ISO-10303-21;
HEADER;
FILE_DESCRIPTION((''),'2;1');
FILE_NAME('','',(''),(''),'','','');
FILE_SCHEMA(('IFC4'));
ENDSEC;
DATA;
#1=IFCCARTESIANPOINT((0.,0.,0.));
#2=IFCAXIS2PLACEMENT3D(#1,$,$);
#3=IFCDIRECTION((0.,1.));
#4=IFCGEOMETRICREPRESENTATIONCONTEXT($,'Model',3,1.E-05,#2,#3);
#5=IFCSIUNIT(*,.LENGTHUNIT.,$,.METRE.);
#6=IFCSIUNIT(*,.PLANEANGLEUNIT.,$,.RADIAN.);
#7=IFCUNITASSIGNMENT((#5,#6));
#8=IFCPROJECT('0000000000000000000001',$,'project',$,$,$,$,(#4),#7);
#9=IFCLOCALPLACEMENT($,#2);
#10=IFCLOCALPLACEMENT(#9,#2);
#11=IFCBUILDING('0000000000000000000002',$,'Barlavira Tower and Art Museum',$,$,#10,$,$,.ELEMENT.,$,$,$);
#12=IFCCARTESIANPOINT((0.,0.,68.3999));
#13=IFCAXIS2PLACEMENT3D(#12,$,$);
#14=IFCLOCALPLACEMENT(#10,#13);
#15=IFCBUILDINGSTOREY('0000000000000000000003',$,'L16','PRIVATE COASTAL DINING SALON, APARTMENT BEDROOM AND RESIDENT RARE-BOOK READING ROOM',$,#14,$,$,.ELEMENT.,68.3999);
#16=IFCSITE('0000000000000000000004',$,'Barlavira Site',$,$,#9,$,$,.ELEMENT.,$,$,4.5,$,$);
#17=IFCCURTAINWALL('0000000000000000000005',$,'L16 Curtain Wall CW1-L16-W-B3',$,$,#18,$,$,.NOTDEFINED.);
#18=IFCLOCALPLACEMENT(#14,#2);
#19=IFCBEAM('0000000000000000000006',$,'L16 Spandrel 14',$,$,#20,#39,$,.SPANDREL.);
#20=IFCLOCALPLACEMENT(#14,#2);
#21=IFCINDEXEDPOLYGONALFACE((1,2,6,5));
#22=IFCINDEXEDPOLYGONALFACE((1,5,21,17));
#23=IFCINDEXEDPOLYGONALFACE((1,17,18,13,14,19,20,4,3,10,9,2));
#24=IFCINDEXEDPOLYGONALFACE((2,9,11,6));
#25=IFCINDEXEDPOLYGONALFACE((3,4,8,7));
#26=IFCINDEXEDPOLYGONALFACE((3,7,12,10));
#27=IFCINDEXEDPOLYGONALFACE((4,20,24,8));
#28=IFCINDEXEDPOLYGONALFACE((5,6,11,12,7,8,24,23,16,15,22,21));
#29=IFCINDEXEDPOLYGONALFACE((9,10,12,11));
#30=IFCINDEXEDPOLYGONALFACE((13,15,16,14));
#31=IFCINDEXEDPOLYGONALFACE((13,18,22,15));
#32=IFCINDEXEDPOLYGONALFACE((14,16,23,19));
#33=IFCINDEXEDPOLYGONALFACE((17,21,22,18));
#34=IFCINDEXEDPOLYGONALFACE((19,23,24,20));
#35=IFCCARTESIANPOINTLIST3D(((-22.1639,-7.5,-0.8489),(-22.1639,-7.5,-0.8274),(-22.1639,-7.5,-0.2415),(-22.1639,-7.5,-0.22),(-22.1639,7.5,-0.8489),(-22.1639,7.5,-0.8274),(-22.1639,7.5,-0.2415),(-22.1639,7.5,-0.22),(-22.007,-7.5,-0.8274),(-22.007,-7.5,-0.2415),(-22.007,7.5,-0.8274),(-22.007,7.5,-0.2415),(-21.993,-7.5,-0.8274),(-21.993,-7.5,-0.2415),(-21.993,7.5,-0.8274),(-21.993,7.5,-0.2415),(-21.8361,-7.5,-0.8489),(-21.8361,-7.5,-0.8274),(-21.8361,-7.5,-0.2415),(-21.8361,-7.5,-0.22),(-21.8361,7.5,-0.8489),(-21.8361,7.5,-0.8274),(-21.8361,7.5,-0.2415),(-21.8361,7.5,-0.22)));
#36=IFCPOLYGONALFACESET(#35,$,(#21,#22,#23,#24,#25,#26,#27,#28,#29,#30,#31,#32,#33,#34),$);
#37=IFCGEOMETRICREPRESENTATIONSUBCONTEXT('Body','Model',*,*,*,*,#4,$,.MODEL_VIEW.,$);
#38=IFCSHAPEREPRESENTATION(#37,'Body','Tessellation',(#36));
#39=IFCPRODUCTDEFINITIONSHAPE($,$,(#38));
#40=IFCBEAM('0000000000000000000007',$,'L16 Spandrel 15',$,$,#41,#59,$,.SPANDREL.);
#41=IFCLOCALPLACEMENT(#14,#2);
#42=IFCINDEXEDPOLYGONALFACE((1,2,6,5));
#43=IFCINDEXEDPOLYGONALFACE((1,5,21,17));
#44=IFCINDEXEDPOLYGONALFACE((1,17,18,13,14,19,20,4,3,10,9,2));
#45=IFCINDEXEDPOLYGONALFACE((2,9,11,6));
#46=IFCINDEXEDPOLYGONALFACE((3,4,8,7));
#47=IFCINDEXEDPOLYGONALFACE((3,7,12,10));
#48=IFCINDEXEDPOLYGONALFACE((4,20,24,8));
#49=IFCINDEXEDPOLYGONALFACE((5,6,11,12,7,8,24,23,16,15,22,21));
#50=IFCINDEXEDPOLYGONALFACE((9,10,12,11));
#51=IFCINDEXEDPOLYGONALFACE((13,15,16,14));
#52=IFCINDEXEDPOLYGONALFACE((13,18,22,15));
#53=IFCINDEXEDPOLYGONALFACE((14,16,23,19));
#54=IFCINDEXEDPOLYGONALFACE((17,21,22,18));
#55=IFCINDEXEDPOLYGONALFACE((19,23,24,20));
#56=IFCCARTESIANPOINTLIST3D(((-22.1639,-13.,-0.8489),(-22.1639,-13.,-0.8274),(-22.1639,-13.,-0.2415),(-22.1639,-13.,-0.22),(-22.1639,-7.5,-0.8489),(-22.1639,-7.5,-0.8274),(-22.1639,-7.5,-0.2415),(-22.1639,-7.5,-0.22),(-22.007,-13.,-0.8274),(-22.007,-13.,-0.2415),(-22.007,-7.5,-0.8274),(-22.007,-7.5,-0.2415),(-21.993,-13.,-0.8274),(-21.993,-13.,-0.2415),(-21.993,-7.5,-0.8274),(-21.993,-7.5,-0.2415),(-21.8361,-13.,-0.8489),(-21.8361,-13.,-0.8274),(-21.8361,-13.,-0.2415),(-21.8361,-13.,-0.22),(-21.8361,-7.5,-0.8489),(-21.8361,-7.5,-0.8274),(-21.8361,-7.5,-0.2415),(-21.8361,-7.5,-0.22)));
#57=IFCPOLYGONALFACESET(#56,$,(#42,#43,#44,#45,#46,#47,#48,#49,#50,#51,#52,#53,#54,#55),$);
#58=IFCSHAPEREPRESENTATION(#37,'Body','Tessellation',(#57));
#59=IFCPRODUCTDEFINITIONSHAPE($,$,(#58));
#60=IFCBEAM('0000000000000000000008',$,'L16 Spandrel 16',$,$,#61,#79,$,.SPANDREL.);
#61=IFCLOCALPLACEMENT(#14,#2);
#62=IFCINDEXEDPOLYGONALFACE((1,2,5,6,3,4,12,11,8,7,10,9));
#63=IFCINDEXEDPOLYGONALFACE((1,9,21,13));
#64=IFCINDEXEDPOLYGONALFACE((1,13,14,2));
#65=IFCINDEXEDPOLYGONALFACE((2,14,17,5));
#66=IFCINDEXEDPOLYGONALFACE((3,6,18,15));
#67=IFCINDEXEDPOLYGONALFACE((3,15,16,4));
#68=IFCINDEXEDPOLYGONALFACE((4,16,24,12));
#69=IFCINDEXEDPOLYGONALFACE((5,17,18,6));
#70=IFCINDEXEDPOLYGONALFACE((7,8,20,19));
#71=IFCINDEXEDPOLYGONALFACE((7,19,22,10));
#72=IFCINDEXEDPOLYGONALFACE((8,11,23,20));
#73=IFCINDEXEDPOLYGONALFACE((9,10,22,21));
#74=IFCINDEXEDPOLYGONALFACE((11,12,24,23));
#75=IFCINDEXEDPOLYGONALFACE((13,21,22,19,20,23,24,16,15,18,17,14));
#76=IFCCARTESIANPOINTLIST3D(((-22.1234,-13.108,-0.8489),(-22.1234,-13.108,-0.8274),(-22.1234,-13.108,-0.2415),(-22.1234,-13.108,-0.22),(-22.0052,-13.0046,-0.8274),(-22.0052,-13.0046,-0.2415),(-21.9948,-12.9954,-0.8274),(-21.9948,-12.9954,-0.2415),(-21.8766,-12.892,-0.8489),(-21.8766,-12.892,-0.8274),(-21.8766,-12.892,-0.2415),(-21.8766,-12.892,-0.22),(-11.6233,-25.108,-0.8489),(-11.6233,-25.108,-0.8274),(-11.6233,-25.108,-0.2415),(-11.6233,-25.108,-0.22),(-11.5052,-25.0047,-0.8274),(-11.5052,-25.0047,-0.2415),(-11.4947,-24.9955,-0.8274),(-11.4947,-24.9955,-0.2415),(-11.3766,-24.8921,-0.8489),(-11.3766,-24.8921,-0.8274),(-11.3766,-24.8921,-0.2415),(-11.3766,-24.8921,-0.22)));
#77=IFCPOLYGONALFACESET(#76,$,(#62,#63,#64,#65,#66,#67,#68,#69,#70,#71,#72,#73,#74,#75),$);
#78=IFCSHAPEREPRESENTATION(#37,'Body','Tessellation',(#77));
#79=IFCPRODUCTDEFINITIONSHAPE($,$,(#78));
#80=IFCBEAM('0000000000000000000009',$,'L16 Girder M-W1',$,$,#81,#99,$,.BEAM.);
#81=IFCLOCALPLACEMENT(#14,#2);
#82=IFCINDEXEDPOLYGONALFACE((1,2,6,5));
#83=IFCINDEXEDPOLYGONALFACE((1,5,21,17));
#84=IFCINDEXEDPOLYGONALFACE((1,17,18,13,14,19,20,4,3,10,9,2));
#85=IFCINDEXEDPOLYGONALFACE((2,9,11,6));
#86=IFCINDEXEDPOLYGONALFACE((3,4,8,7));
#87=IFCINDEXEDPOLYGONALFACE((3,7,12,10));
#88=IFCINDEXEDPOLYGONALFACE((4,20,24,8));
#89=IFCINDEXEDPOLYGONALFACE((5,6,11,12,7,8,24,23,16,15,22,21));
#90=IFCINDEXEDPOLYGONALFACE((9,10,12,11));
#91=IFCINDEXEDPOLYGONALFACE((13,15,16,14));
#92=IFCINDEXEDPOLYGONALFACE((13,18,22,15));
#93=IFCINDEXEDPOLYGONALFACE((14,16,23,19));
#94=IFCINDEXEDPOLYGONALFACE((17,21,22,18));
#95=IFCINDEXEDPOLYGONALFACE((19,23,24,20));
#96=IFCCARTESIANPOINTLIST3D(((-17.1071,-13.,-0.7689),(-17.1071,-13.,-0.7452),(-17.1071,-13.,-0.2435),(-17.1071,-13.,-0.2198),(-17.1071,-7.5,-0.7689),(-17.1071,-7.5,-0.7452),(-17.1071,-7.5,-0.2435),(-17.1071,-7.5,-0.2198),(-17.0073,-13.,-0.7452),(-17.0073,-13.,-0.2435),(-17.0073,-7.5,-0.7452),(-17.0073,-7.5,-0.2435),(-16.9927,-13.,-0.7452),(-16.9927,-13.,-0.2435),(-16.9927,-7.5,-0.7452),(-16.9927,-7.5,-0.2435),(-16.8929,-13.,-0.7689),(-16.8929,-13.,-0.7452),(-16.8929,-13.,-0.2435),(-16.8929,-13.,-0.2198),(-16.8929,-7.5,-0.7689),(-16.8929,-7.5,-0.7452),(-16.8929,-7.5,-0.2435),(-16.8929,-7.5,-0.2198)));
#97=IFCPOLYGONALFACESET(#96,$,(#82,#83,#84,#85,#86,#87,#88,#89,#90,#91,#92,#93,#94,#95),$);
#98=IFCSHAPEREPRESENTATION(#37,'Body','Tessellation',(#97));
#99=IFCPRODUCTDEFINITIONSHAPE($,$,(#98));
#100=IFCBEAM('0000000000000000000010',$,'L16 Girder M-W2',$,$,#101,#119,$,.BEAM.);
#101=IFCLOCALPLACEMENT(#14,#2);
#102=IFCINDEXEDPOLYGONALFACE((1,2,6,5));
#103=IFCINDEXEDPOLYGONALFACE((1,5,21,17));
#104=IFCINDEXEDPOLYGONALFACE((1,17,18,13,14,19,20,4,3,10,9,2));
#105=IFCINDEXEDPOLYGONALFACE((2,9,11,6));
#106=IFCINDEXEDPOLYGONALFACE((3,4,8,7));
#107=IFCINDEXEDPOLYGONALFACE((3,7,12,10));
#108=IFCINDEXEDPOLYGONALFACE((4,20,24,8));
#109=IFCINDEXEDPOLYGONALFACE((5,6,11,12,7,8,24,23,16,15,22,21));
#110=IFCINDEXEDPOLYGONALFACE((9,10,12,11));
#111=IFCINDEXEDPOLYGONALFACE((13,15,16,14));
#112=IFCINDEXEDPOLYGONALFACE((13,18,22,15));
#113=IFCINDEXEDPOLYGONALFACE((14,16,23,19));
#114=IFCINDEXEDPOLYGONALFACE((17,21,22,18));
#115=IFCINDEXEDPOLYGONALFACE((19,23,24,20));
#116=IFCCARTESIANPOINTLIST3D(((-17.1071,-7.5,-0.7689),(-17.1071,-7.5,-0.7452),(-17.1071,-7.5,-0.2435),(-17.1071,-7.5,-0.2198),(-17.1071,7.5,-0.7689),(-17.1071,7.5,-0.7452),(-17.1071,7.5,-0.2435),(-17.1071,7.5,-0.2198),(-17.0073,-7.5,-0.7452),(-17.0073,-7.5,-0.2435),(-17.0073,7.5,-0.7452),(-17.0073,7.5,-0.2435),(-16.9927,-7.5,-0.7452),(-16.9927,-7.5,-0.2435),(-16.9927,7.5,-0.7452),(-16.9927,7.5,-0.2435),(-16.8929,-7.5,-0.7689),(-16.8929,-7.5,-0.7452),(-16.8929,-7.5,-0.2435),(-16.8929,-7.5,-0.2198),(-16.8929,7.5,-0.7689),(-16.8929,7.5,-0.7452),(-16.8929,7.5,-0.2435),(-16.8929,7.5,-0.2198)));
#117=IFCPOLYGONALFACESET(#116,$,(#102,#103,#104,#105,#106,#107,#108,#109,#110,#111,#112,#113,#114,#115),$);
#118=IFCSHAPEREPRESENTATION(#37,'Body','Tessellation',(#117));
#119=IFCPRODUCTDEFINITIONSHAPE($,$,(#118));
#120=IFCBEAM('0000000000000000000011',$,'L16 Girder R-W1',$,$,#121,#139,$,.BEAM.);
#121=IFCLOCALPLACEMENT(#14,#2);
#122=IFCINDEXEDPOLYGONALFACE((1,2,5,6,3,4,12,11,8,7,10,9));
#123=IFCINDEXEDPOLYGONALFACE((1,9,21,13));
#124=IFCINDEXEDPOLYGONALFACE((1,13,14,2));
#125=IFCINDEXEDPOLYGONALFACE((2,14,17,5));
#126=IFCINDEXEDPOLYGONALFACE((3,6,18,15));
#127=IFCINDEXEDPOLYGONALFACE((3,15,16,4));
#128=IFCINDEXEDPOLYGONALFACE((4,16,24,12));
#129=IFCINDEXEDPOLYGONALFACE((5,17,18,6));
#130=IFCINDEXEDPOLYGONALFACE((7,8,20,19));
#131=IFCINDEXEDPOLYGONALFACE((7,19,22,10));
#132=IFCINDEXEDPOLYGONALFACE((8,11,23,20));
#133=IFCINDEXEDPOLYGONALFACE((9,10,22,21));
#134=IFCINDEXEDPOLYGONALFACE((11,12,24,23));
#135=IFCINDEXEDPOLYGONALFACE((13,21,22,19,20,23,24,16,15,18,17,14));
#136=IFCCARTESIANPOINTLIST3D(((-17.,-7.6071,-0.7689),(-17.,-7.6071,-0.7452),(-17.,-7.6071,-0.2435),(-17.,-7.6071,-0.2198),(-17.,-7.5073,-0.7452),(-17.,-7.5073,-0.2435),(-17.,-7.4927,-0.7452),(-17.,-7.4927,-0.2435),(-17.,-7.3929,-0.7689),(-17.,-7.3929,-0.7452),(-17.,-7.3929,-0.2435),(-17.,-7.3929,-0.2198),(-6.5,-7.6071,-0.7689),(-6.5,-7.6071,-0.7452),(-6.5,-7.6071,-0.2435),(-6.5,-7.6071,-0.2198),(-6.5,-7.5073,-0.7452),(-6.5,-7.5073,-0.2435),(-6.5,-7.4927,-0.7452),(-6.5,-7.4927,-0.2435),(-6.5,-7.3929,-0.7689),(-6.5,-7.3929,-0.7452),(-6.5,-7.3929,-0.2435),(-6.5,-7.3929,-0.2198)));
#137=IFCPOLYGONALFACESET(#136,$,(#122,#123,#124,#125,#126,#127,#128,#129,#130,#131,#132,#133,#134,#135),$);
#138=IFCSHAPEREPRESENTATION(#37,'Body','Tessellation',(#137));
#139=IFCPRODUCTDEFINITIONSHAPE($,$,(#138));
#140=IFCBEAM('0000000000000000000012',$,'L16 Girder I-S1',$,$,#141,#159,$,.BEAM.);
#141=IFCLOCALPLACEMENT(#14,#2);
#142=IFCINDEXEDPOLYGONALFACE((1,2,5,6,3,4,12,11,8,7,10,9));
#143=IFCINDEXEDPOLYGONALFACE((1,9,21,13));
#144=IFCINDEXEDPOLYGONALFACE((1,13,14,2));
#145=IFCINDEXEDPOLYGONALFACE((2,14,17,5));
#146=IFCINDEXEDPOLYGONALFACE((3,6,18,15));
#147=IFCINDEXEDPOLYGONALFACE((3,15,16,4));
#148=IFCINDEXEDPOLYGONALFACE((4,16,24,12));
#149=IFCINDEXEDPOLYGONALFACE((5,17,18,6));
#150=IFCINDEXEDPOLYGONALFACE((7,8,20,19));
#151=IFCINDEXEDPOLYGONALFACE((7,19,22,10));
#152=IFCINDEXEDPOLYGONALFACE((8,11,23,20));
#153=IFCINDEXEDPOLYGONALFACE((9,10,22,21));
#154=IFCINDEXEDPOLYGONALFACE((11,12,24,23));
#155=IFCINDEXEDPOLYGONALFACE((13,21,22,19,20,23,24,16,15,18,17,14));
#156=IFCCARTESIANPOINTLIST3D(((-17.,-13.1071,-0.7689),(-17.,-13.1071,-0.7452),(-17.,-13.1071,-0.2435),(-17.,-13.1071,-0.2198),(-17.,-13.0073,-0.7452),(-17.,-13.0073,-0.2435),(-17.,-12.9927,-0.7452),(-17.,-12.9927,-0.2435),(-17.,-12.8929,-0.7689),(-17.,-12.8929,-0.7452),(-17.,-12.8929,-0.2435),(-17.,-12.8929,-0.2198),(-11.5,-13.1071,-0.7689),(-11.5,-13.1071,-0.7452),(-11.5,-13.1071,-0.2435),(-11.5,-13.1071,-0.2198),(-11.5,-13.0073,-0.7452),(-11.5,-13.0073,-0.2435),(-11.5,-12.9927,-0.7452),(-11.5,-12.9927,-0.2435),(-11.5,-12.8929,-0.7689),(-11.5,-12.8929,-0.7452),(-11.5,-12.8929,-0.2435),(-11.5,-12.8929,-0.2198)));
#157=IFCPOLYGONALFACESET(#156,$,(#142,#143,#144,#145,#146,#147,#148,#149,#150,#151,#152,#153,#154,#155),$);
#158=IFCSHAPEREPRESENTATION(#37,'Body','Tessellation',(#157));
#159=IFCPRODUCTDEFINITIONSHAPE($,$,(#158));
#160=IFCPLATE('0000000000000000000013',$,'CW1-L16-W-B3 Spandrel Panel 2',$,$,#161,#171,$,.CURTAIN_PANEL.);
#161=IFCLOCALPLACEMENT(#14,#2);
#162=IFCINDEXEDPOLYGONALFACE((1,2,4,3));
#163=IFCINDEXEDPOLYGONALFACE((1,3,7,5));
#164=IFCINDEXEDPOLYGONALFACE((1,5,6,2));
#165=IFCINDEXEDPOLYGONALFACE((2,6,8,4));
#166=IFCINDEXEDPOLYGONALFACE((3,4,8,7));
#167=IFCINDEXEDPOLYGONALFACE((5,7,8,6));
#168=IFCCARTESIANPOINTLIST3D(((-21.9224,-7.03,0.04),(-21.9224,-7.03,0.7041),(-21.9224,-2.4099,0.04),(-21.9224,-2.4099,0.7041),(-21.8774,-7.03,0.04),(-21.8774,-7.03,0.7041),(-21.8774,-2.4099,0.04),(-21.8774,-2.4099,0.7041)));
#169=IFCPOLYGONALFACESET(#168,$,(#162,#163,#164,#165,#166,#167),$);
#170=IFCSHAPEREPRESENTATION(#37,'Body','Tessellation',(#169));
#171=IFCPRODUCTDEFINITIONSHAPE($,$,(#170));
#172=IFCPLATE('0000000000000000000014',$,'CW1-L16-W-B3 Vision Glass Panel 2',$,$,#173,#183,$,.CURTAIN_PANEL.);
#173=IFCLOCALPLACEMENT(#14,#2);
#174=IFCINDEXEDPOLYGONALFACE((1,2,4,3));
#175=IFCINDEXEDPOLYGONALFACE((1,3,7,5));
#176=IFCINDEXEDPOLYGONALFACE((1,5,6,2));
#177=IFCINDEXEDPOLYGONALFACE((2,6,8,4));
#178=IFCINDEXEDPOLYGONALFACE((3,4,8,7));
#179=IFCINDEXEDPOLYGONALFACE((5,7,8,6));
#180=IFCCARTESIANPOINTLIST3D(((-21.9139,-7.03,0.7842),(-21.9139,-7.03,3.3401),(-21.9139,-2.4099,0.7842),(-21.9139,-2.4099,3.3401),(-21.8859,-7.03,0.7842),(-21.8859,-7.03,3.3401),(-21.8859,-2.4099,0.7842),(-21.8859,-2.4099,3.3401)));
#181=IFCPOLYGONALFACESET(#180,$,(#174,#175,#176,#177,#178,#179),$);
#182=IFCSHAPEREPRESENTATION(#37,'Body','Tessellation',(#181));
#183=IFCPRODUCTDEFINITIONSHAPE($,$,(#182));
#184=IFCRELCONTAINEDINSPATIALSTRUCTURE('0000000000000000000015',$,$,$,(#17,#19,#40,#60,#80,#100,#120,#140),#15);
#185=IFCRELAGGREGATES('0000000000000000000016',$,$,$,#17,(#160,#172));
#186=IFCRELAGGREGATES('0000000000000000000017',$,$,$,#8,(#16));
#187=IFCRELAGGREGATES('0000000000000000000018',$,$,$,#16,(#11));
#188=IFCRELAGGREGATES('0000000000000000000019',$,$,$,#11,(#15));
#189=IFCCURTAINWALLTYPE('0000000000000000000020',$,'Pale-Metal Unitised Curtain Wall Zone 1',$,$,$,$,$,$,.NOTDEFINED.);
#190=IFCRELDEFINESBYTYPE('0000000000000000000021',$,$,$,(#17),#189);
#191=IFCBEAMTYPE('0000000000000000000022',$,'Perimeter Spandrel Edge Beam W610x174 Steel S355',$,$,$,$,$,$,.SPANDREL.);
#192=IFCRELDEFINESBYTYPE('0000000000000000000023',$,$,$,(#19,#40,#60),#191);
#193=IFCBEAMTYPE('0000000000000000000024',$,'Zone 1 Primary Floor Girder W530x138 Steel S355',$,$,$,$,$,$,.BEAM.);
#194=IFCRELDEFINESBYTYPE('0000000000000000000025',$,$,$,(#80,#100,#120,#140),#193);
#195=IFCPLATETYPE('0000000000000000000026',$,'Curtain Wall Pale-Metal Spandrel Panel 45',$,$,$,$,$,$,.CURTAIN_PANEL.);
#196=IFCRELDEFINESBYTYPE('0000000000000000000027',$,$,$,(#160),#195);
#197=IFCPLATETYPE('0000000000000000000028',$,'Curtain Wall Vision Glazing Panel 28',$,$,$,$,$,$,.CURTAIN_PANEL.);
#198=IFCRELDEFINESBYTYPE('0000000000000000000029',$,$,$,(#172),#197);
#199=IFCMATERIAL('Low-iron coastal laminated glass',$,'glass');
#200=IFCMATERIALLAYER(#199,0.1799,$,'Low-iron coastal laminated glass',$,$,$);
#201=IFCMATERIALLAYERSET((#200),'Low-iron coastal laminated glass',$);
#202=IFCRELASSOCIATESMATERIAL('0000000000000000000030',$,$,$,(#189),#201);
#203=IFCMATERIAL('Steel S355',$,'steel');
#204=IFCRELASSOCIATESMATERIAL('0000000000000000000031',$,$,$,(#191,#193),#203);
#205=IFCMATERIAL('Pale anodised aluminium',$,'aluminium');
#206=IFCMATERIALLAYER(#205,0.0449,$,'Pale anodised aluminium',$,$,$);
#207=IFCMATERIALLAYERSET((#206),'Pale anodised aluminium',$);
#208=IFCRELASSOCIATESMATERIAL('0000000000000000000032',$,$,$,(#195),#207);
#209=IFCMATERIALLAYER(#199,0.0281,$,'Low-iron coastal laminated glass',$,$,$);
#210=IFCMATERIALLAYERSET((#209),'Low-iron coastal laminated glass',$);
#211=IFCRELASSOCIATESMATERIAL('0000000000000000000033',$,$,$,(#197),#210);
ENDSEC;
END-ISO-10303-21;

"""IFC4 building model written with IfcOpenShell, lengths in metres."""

from ifc_helpers import new_model, si_unit, direction, frame, origin, origin_2d, place, context, subcontext, project, spatial, rectangle, i_section, extrude, material, layer, layer_set, material_profile, profile_set, type_object, element, aggregate, save


model = new_model("IFC4")

# Units and contexts
model_context = context("Model", 3, precision=1e-05, world=origin(), true_north=direction((0.0, 1.0)))
body_context = subcontext(model_context, "Body", "Model", "MODEL_VIEW")
ifc_project = project(units=[si_unit("LENGTHUNIT", "METRE"), si_unit("PLANEANGLEUNIT", "RADIAN")], contexts=[model_context])

# Site, building, storey
site_placement = place(None, origin())
site = spatial("IfcSite", under=ifc_project, at=site_placement, Name="Barlavira Site", CompositionType="ELEMENT", RefElevation=4.5)
building_placement = place(site_placement, origin())
building = spatial("IfcBuilding", under=site, at=building_placement, Name="Barlavira Tower and Art Museum", CompositionType="ELEMENT")
storey_placement = place(building_placement, frame((0.0, 0.0, 68.3999)))
storey = spatial("IfcBuildingStorey", under=building, at=storey_placement, Name="L16", Description="PRIVATE COASTAL DINING SALON, APARTMENT BEDROOM AND RESIDENT RARE-BOOK READING ROOM", CompositionType="ELEMENT", Elevation=68.3999)

# Curtain wall
ifc_material_1 = material(Name="Low-iron coastal laminated glass", Category="glass")
ifc_layer_1 = layer(ifc_material_1, 0.1799, Name="Low-iron coastal laminated glass")
ifc_layer_set_1 = layer_set([ifc_layer_1], Name="Low-iron coastal laminated glass")
curtain_wall_type = type_object("IfcCurtainWallType", Name="Pale-Metal Unitised Curtain Wall Zone 1", PredefinedType="NOTDEFINED", material=ifc_layer_set_1)
curtain_wall_placement = place(storey_placement, origin())
curtain_wall = element("IfcCurtainWall", 1, at=curtain_wall_placement, inside=storey, type_object=curtain_wall_type, Name="L16 Curtain Wall CW1-L16-W-B3", PredefinedType="NOTDEFINED")
ifc_material_2 = material(Name="Pale anodised aluminium", Category="aluminium")

# Shared definitions
ifc_material_3 = material(Name="Steel S355", Category="steel")

# Beams
ifc_material_profile_1 = material_profile(ifc_material_3, i_section(OverallWidth=0.3279, OverallDepth=0.6289, WebThickness=0.0139, FlangeThickness=0.0215, at=origin_2d()), Name="W610x174.0")
ifc_profile_set_1 = profile_set([ifc_material_profile_1], Name="Steel S355")
beam_type_1 = type_object("IfcBeamType", Name="Perimeter Spandrel Edge Beam W610x174 Steel S355", PredefinedType="SPANDREL", material=ifc_profile_set_1)
beam_1_placement = place(storey_placement, frame((-22.0, -7.5, -0.5344), z_axis=(0.0, 1.0, 0.0), x_axis=(-1.0, 0.0, 0.0)))
element("IfcBeam", 2, at=beam_1_placement, inside=storey, type_object=beam_type_1, Name="L16 Spandrel 14", PredefinedType="SPANDREL", context=body_context, shape_type="SweptSolid", body=[
    extrude(i_section(OverallWidth=0.3279, OverallDepth=0.6289, WebThickness=0.0139, FlangeThickness=0.0215, at=origin_2d()), origin(), (0.0, 0.0, 1.0), 15.0),
])
beam_2_placement = place(storey_placement, frame((-22.0, -13.0, -0.5344), z_axis=(0.0, 1.0, 0.0), x_axis=(-1.0, 0.0, 0.0)))
element("IfcBeam", 3, at=beam_2_placement, inside=storey, type_object=beam_type_1, Name="L16 Spandrel 15", PredefinedType="SPANDREL", context=body_context, shape_type="SweptSolid", body=[
    extrude(i_section(OverallWidth=0.3279, OverallDepth=0.6289, WebThickness=0.0139, FlangeThickness=0.0215, at=origin_2d()), origin(), (0.0, 0.0, 1.0), 5.5),
])
beam_3_placement = place(storey_placement, frame((-22.0, -13.0, -0.5344), z_axis=(0.658505, -0.752577, 0.0), x_axis=(0.752577, 0.658505, 0.0)))
element("IfcBeam", 4, at=beam_3_placement, inside=storey, type_object=beam_type_1, Name="L16 Spandrel 16", PredefinedType="SPANDREL", context=body_context, shape_type="SweptSolid", body=[
    extrude(i_section(OverallWidth=0.3279, OverallDepth=0.6289, WebThickness=0.0139, FlangeThickness=0.0215, at=origin_2d()), origin(), (0.0, 0.0, 1.0), 15.9453),
])
ifc_material_profile_2 = material_profile(ifc_material_3, i_section(OverallWidth=0.2141, OverallDepth=0.5491, WebThickness=0.0146, FlangeThickness=0.0237, at=origin_2d()), Name="W530x138.0")
ifc_profile_set_2 = profile_set([ifc_material_profile_2], Name="Steel S355")
beam_type_2 = type_object("IfcBeamType", Name="Zone 1 Primary Floor Girder W530x138 Steel S355", PredefinedType="BEAM", material=ifc_profile_set_2)
beam_4_placement = place(storey_placement, frame((-17.0, -13.0, -0.4944), z_axis=(0.0, 1.0, 0.0), x_axis=(-1.0, 0.0, 0.0)))
element("IfcBeam", 5, at=beam_4_placement, inside=storey, type_object=beam_type_2, Name="L16 Girder M-W1", PredefinedType="BEAM", context=body_context, shape_type="SweptSolid", body=[
    extrude(i_section(OverallWidth=0.2141, OverallDepth=0.5491, WebThickness=0.0146, FlangeThickness=0.0237, at=origin_2d()), origin(), (0.0, 0.0, 1.0), 5.5),
])
beam_5_placement = place(storey_placement, frame((-17.0, -7.5, -0.4944), z_axis=(0.0, 1.0, 0.0), x_axis=(-1.0, 0.0, 0.0)))
element("IfcBeam", 6, at=beam_5_placement, inside=storey, type_object=beam_type_2, Name="L16 Girder M-W2", PredefinedType="BEAM", context=body_context, shape_type="SweptSolid", body=[
    extrude(i_section(OverallWidth=0.2141, OverallDepth=0.5491, WebThickness=0.0146, FlangeThickness=0.0237, at=origin_2d()), origin(), (0.0, 0.0, 1.0), 15.0),
])
beam_6_placement = place(storey_placement, frame((-17.0, -7.5, -0.4944), z_axis=(1.0, 0.0, 0.0), x_axis=(0.0, 1.0, 0.0)))
element("IfcBeam", 7, at=beam_6_placement, inside=storey, type_object=beam_type_2, Name="L16 Girder R-W1", PredefinedType="BEAM", context=body_context, shape_type="SweptSolid", body=[
    extrude(i_section(OverallWidth=0.2141, OverallDepth=0.5491, WebThickness=0.0146, FlangeThickness=0.0237, at=origin_2d()), origin(), (0.0, 0.0, 1.0), 10.5),
])
beam_7_placement = place(storey_placement, frame((-17.0, -13.0, -0.4944), z_axis=(1.0, 0.0, 0.0), x_axis=(0.0, 1.0, 0.0)))
element("IfcBeam", 8, at=beam_7_placement, inside=storey, type_object=beam_type_2, Name="L16 Girder I-S1", PredefinedType="BEAM", context=body_context, shape_type="SweptSolid", body=[
    extrude(i_section(OverallWidth=0.2141, OverallDepth=0.5491, WebThickness=0.0146, FlangeThickness=0.0237, at=origin_2d()), origin(), (0.0, 0.0, 1.0), 5.5),
])

# Plates
ifc_layer_2 = layer(ifc_material_2, 0.0449, Name="Pale anodised aluminium")
ifc_layer_set_2 = layer_set([ifc_layer_2], Name="Pale anodised aluminium")
plate_type_1 = type_object("IfcPlateType", Name="Curtain Wall Pale-Metal Spandrel Panel 45", PredefinedType="CURTAIN_PANEL", material=ifc_layer_set_2)
plate_1_placement = place(storey_placement, frame((-21.8999, -4.72, 0.04), z_axis=(0.0, 0.0, 1.0), x_axis=(0.0, -1.0, 0.0)))
plate_1 = element("IfcPlate", 9, at=plate_1_placement, type_object=plate_type_1, Name="CW1-L16-W-B3 Spandrel Panel 2", PredefinedType="CURTAIN_PANEL", context=body_context, shape_type="SweptSolid", body=[
    extrude(rectangle(XDim=4.6201, YDim=0.0449, at=origin_2d()), origin(), (0.0, 0.0, 1.0), 0.6641),
])
ifc_layer_3 = layer(ifc_material_1, 0.0281, Name="Low-iron coastal laminated glass")
ifc_layer_set_3 = layer_set([ifc_layer_3], Name="Low-iron coastal laminated glass")
plate_type_2 = type_object("IfcPlateType", Name="Curtain Wall Vision Glazing Panel 28", PredefinedType="CURTAIN_PANEL", material=ifc_layer_set_3)
plate_2_placement = place(storey_placement, frame((-21.8999, -4.72, 0.7842), z_axis=(0.0, 0.0, 1.0), x_axis=(0.0, -1.0, 0.0)))
plate_2 = element("IfcPlate", 10, at=plate_2_placement, type_object=plate_type_2, Name="CW1-L16-W-B3 Vision Glass Panel 2", PredefinedType="CURTAIN_PANEL", context=body_context, shape_type="SweptSolid", body=[
    extrude(rectangle(XDim=4.6201, YDim=0.0281, at=origin_2d()), origin(), (0.0, 0.0, 1.0), 2.5559),
])
aggregate(curtain_wall, [plate_1, plate_2])

save(model, "model.ifc")
